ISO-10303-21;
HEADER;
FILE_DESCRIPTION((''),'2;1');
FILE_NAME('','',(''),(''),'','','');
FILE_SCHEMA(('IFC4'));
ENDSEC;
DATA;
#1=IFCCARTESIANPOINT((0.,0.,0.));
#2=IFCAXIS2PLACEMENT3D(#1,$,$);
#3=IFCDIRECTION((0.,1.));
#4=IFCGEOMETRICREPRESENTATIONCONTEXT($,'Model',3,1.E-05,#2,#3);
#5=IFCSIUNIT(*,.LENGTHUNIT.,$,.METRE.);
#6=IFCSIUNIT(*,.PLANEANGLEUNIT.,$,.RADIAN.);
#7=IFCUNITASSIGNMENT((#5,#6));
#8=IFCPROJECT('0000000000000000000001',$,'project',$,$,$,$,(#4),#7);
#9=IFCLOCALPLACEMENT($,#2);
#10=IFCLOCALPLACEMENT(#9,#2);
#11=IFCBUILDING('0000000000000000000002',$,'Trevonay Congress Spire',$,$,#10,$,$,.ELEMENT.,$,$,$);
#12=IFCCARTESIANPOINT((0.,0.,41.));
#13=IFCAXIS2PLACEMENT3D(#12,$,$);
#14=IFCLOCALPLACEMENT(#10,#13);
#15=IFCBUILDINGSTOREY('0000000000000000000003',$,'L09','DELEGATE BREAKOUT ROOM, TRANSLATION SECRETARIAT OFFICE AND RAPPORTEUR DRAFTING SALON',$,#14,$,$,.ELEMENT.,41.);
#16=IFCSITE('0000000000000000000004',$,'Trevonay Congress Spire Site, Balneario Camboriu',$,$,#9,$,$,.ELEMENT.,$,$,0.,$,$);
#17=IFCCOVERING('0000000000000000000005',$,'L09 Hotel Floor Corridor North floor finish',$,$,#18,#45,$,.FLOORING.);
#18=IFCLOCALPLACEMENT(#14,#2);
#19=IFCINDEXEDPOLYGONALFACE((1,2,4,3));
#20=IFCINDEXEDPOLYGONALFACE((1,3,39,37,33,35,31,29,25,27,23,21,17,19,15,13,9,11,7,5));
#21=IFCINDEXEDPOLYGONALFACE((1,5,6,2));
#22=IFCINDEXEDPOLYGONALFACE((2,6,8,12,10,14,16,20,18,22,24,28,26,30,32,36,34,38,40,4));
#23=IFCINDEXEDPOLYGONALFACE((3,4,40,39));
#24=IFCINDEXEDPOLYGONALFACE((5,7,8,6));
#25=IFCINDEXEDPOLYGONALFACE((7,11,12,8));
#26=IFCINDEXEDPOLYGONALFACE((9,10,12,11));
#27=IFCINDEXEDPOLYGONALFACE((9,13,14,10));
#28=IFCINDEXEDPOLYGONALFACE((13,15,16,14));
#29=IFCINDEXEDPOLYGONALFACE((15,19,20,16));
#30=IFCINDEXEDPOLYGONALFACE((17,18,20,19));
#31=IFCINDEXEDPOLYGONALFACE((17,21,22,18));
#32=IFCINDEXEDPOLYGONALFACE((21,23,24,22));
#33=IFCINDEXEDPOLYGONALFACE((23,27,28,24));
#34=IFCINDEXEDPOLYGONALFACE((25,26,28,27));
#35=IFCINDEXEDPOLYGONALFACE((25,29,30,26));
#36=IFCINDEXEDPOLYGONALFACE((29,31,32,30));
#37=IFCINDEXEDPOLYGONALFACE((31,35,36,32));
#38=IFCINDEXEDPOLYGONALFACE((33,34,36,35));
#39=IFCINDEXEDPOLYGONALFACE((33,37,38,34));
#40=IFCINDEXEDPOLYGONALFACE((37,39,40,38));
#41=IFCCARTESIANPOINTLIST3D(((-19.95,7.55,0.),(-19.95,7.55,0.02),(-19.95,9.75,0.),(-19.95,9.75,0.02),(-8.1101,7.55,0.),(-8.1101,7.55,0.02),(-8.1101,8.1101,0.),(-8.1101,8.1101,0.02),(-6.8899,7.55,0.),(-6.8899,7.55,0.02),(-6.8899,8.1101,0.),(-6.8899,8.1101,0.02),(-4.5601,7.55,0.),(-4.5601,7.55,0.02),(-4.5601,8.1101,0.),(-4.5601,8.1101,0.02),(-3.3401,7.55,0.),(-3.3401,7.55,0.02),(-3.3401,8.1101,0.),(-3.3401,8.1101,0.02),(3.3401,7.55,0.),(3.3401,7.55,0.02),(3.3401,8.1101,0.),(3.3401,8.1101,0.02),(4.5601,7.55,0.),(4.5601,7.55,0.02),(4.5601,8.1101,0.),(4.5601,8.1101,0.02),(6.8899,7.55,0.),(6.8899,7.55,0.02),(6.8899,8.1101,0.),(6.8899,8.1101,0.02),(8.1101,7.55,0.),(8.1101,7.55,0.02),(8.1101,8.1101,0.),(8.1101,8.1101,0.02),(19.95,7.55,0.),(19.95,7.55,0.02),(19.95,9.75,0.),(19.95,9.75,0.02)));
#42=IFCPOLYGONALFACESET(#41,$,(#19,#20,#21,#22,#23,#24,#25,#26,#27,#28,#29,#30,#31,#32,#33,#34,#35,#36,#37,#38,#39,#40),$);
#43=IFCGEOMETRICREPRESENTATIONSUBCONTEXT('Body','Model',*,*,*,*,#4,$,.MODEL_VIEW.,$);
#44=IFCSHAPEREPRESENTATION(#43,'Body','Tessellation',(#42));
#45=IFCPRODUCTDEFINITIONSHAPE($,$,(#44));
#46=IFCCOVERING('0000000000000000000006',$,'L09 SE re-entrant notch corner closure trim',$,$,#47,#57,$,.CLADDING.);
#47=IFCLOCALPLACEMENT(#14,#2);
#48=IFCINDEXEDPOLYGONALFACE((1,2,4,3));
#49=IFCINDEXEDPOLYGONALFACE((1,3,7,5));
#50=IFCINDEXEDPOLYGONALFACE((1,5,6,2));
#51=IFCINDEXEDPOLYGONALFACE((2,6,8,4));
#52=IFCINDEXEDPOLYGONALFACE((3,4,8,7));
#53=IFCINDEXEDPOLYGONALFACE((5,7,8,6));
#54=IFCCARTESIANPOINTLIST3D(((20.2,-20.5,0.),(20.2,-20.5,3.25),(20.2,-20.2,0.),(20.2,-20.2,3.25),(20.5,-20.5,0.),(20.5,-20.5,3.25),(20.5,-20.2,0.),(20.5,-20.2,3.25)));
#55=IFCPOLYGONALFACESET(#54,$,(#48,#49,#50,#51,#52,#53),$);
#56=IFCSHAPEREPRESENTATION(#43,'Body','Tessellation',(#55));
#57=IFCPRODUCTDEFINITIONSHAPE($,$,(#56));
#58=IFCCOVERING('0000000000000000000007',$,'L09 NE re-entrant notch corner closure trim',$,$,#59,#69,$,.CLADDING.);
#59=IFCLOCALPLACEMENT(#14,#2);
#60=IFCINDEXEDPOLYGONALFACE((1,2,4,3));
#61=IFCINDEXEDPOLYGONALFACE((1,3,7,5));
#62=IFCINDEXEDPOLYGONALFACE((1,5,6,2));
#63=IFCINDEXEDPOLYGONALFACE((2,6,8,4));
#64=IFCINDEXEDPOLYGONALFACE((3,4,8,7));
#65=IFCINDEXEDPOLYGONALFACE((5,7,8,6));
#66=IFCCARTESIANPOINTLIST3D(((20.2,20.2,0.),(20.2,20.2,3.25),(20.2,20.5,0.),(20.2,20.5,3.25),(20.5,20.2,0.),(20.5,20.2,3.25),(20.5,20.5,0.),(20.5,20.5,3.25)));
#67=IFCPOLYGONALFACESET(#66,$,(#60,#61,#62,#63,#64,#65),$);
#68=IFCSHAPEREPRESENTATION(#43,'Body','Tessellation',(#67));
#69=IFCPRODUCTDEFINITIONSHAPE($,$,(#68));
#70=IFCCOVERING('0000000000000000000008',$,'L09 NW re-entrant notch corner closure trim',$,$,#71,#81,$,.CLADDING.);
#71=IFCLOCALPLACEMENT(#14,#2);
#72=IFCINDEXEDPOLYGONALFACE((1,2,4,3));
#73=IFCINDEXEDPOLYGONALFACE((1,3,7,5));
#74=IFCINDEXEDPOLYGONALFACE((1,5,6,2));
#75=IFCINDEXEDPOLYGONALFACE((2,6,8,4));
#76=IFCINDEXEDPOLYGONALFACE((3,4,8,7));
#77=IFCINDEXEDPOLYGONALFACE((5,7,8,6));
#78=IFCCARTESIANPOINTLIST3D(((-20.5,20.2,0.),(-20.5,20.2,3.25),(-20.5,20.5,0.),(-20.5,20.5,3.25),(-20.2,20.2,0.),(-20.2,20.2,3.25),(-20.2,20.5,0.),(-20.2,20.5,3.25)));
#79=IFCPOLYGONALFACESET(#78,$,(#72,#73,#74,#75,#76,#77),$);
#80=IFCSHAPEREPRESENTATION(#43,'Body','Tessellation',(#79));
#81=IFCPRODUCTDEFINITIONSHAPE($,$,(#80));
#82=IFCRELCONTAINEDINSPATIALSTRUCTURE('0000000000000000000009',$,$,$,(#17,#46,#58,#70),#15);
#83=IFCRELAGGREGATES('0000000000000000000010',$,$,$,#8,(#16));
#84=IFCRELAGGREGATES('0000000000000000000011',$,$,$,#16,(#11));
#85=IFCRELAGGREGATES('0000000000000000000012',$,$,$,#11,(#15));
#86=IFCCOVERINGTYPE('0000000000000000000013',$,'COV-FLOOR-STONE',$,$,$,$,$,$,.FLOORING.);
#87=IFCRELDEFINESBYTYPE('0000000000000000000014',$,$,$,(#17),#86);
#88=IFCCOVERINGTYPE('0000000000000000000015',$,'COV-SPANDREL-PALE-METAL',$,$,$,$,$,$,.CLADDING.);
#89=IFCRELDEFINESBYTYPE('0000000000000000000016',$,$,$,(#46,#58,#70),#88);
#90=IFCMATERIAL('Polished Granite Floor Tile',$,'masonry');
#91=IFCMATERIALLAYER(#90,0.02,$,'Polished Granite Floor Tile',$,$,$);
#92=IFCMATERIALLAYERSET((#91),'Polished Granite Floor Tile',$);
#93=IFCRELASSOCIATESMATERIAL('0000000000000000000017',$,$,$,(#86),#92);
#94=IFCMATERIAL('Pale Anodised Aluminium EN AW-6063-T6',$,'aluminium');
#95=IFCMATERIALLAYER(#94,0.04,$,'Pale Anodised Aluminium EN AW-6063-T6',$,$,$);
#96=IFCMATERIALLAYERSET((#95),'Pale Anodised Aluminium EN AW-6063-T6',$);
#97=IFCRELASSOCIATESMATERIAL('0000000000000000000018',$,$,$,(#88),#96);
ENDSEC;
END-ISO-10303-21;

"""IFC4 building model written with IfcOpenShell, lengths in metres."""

from ifc_helpers import new_model, si_unit, direction, frame, origin, place, context, subcontext, project, spatial, polyline, outline, extrude, material, layer, layer_set, type_object, element, save


model = new_model("IFC4")

# Units and contexts
model_context = context("Model", 3, precision=1e-05, world=origin(), true_north=direction((0.0, 1.0)))
body_context = subcontext(model_context, "Body", "Model", "MODEL_VIEW")
ifc_project = project(units=[si_unit("LENGTHUNIT", "METRE"), si_unit("PLANEANGLEUNIT", "RADIAN")], contexts=[model_context])

# Site, building, storey
site_placement = place(None, origin())
site = spatial("IfcSite", under=ifc_project, at=site_placement, Name="Trevonay Congress Spire Site, Balneario Camboriu", CompositionType="ELEMENT", RefElevation=0.0)
building_placement = place(site_placement, origin())
building = spatial("IfcBuilding", under=site, at=building_placement, Name="Trevonay Congress Spire", CompositionType="ELEMENT")
storey_placement = place(building_placement, frame((0.0, 0.0, 41.0)))
storey = spatial("IfcBuildingStorey", under=building, at=storey_placement, Name="L09", Description="DELEGATE BREAKOUT ROOM, TRANSLATION SECRETARIAT OFFICE AND RAPPORTEUR DRAFTING SALON", CompositionType="ELEMENT", Elevation=41.0)

# Shared definitions
ifc_material_1 = material(Name="Pale Anodised Aluminium EN AW-6063-T6", Category="aluminium")

# Coverings
ifc_material_2 = material(Name="Polished Granite Floor Tile", Category="masonry")
ifc_layer_1 = layer(ifc_material_2, 0.02, Name="Polished Granite Floor Tile")
ifc_layer_set_1 = layer_set([ifc_layer_1], Name="Polished Granite Floor Tile")
covering_type_1 = type_object("IfcCoveringType", Name="COV-FLOOR-STONE", PredefinedType="FLOORING", material=ifc_layer_set_1)
covering_1_placement = place(storey_placement, origin())
element("IfcCovering", 1, at=covering_1_placement, inside=storey, type_object=covering_type_1, Name="L09 Hotel Floor Corridor North floor finish", PredefinedType="FLOORING", context=body_context, shape_type="SweptSolid", body=[
    extrude(outline(polyline([(-19.95, 7.55), (-19.95, 9.75), (19.95, 9.75), (19.95, 7.55), (8.1101, 7.55), (8.1101, 8.1101), (6.8899, 8.1101), (6.8899, 7.55), (4.5601, 7.55), (4.5601, 8.1101), (3.3401, 8.1101), (3.3401, 7.55), (-3.3401, 7.55), (-3.3401, 8.1101), (-4.5601, 8.1101), (-4.5601, 7.55), (-6.8899, 7.55), (-6.8899, 8.1101), (-8.1101, 8.1101), (-8.1101, 7.55), (-19.95, 7.55)])), origin(), (0.0, 0.0, 1.0), 0.02),
])
ifc_layer_2 = layer(ifc_material_1, 0.04, Name="Pale Anodised Aluminium EN AW-6063-T6")
ifc_layer_set_2 = layer_set([ifc_layer_2], Name="Pale Anodised Aluminium EN AW-6063-T6")
covering_type_2 = type_object("IfcCoveringType", Name="COV-SPANDREL-PALE-METAL", PredefinedType="CLADDING", material=ifc_layer_set_2)
covering_2_placement = place(storey_placement, origin())
element("IfcCovering", 2, at=covering_2_placement, inside=storey, type_object=covering_type_2, Name="L09 SE re-entrant notch corner closure trim", PredefinedType="CLADDING", context=body_context, shape_type="SweptSolid", body=[
    extrude(outline(polyline([(20.2, -20.5), (20.5, -20.5), (20.5, -20.2), (20.2, -20.2), (20.2, -20.5)])), origin(), (0.0, 0.0, 1.0), 3.25),
])
covering_3_placement = place(storey_placement, origin())
element("IfcCovering", 3, at=covering_3_placement, inside=storey, type_object=covering_type_2, Name="L09 NE re-entrant notch corner closure trim", PredefinedType="CLADDING", context=body_context, shape_type="SweptSolid", body=[
    extrude(outline(polyline([(20.2, 20.2), (20.5, 20.2), (20.5, 20.5), (20.2, 20.5), (20.2, 20.2)])), origin(), (0.0, 0.0, 1.0), 3.25),
])
covering_4_placement = place(storey_placement, origin())
element("IfcCovering", 4, at=covering_4_placement, inside=storey, type_object=covering_type_2, Name="L09 NW re-entrant notch corner closure trim", PredefinedType="CLADDING", context=body_context, shape_type="SweptSolid", body=[
    extrude(outline(polyline([(-20.5, 20.2), (-20.2, 20.2), (-20.2, 20.5), (-20.5, 20.5), (-20.5, 20.2)])), origin(), (0.0, 0.0, 1.0), 3.25),
])

save(model, "model.ifc")
